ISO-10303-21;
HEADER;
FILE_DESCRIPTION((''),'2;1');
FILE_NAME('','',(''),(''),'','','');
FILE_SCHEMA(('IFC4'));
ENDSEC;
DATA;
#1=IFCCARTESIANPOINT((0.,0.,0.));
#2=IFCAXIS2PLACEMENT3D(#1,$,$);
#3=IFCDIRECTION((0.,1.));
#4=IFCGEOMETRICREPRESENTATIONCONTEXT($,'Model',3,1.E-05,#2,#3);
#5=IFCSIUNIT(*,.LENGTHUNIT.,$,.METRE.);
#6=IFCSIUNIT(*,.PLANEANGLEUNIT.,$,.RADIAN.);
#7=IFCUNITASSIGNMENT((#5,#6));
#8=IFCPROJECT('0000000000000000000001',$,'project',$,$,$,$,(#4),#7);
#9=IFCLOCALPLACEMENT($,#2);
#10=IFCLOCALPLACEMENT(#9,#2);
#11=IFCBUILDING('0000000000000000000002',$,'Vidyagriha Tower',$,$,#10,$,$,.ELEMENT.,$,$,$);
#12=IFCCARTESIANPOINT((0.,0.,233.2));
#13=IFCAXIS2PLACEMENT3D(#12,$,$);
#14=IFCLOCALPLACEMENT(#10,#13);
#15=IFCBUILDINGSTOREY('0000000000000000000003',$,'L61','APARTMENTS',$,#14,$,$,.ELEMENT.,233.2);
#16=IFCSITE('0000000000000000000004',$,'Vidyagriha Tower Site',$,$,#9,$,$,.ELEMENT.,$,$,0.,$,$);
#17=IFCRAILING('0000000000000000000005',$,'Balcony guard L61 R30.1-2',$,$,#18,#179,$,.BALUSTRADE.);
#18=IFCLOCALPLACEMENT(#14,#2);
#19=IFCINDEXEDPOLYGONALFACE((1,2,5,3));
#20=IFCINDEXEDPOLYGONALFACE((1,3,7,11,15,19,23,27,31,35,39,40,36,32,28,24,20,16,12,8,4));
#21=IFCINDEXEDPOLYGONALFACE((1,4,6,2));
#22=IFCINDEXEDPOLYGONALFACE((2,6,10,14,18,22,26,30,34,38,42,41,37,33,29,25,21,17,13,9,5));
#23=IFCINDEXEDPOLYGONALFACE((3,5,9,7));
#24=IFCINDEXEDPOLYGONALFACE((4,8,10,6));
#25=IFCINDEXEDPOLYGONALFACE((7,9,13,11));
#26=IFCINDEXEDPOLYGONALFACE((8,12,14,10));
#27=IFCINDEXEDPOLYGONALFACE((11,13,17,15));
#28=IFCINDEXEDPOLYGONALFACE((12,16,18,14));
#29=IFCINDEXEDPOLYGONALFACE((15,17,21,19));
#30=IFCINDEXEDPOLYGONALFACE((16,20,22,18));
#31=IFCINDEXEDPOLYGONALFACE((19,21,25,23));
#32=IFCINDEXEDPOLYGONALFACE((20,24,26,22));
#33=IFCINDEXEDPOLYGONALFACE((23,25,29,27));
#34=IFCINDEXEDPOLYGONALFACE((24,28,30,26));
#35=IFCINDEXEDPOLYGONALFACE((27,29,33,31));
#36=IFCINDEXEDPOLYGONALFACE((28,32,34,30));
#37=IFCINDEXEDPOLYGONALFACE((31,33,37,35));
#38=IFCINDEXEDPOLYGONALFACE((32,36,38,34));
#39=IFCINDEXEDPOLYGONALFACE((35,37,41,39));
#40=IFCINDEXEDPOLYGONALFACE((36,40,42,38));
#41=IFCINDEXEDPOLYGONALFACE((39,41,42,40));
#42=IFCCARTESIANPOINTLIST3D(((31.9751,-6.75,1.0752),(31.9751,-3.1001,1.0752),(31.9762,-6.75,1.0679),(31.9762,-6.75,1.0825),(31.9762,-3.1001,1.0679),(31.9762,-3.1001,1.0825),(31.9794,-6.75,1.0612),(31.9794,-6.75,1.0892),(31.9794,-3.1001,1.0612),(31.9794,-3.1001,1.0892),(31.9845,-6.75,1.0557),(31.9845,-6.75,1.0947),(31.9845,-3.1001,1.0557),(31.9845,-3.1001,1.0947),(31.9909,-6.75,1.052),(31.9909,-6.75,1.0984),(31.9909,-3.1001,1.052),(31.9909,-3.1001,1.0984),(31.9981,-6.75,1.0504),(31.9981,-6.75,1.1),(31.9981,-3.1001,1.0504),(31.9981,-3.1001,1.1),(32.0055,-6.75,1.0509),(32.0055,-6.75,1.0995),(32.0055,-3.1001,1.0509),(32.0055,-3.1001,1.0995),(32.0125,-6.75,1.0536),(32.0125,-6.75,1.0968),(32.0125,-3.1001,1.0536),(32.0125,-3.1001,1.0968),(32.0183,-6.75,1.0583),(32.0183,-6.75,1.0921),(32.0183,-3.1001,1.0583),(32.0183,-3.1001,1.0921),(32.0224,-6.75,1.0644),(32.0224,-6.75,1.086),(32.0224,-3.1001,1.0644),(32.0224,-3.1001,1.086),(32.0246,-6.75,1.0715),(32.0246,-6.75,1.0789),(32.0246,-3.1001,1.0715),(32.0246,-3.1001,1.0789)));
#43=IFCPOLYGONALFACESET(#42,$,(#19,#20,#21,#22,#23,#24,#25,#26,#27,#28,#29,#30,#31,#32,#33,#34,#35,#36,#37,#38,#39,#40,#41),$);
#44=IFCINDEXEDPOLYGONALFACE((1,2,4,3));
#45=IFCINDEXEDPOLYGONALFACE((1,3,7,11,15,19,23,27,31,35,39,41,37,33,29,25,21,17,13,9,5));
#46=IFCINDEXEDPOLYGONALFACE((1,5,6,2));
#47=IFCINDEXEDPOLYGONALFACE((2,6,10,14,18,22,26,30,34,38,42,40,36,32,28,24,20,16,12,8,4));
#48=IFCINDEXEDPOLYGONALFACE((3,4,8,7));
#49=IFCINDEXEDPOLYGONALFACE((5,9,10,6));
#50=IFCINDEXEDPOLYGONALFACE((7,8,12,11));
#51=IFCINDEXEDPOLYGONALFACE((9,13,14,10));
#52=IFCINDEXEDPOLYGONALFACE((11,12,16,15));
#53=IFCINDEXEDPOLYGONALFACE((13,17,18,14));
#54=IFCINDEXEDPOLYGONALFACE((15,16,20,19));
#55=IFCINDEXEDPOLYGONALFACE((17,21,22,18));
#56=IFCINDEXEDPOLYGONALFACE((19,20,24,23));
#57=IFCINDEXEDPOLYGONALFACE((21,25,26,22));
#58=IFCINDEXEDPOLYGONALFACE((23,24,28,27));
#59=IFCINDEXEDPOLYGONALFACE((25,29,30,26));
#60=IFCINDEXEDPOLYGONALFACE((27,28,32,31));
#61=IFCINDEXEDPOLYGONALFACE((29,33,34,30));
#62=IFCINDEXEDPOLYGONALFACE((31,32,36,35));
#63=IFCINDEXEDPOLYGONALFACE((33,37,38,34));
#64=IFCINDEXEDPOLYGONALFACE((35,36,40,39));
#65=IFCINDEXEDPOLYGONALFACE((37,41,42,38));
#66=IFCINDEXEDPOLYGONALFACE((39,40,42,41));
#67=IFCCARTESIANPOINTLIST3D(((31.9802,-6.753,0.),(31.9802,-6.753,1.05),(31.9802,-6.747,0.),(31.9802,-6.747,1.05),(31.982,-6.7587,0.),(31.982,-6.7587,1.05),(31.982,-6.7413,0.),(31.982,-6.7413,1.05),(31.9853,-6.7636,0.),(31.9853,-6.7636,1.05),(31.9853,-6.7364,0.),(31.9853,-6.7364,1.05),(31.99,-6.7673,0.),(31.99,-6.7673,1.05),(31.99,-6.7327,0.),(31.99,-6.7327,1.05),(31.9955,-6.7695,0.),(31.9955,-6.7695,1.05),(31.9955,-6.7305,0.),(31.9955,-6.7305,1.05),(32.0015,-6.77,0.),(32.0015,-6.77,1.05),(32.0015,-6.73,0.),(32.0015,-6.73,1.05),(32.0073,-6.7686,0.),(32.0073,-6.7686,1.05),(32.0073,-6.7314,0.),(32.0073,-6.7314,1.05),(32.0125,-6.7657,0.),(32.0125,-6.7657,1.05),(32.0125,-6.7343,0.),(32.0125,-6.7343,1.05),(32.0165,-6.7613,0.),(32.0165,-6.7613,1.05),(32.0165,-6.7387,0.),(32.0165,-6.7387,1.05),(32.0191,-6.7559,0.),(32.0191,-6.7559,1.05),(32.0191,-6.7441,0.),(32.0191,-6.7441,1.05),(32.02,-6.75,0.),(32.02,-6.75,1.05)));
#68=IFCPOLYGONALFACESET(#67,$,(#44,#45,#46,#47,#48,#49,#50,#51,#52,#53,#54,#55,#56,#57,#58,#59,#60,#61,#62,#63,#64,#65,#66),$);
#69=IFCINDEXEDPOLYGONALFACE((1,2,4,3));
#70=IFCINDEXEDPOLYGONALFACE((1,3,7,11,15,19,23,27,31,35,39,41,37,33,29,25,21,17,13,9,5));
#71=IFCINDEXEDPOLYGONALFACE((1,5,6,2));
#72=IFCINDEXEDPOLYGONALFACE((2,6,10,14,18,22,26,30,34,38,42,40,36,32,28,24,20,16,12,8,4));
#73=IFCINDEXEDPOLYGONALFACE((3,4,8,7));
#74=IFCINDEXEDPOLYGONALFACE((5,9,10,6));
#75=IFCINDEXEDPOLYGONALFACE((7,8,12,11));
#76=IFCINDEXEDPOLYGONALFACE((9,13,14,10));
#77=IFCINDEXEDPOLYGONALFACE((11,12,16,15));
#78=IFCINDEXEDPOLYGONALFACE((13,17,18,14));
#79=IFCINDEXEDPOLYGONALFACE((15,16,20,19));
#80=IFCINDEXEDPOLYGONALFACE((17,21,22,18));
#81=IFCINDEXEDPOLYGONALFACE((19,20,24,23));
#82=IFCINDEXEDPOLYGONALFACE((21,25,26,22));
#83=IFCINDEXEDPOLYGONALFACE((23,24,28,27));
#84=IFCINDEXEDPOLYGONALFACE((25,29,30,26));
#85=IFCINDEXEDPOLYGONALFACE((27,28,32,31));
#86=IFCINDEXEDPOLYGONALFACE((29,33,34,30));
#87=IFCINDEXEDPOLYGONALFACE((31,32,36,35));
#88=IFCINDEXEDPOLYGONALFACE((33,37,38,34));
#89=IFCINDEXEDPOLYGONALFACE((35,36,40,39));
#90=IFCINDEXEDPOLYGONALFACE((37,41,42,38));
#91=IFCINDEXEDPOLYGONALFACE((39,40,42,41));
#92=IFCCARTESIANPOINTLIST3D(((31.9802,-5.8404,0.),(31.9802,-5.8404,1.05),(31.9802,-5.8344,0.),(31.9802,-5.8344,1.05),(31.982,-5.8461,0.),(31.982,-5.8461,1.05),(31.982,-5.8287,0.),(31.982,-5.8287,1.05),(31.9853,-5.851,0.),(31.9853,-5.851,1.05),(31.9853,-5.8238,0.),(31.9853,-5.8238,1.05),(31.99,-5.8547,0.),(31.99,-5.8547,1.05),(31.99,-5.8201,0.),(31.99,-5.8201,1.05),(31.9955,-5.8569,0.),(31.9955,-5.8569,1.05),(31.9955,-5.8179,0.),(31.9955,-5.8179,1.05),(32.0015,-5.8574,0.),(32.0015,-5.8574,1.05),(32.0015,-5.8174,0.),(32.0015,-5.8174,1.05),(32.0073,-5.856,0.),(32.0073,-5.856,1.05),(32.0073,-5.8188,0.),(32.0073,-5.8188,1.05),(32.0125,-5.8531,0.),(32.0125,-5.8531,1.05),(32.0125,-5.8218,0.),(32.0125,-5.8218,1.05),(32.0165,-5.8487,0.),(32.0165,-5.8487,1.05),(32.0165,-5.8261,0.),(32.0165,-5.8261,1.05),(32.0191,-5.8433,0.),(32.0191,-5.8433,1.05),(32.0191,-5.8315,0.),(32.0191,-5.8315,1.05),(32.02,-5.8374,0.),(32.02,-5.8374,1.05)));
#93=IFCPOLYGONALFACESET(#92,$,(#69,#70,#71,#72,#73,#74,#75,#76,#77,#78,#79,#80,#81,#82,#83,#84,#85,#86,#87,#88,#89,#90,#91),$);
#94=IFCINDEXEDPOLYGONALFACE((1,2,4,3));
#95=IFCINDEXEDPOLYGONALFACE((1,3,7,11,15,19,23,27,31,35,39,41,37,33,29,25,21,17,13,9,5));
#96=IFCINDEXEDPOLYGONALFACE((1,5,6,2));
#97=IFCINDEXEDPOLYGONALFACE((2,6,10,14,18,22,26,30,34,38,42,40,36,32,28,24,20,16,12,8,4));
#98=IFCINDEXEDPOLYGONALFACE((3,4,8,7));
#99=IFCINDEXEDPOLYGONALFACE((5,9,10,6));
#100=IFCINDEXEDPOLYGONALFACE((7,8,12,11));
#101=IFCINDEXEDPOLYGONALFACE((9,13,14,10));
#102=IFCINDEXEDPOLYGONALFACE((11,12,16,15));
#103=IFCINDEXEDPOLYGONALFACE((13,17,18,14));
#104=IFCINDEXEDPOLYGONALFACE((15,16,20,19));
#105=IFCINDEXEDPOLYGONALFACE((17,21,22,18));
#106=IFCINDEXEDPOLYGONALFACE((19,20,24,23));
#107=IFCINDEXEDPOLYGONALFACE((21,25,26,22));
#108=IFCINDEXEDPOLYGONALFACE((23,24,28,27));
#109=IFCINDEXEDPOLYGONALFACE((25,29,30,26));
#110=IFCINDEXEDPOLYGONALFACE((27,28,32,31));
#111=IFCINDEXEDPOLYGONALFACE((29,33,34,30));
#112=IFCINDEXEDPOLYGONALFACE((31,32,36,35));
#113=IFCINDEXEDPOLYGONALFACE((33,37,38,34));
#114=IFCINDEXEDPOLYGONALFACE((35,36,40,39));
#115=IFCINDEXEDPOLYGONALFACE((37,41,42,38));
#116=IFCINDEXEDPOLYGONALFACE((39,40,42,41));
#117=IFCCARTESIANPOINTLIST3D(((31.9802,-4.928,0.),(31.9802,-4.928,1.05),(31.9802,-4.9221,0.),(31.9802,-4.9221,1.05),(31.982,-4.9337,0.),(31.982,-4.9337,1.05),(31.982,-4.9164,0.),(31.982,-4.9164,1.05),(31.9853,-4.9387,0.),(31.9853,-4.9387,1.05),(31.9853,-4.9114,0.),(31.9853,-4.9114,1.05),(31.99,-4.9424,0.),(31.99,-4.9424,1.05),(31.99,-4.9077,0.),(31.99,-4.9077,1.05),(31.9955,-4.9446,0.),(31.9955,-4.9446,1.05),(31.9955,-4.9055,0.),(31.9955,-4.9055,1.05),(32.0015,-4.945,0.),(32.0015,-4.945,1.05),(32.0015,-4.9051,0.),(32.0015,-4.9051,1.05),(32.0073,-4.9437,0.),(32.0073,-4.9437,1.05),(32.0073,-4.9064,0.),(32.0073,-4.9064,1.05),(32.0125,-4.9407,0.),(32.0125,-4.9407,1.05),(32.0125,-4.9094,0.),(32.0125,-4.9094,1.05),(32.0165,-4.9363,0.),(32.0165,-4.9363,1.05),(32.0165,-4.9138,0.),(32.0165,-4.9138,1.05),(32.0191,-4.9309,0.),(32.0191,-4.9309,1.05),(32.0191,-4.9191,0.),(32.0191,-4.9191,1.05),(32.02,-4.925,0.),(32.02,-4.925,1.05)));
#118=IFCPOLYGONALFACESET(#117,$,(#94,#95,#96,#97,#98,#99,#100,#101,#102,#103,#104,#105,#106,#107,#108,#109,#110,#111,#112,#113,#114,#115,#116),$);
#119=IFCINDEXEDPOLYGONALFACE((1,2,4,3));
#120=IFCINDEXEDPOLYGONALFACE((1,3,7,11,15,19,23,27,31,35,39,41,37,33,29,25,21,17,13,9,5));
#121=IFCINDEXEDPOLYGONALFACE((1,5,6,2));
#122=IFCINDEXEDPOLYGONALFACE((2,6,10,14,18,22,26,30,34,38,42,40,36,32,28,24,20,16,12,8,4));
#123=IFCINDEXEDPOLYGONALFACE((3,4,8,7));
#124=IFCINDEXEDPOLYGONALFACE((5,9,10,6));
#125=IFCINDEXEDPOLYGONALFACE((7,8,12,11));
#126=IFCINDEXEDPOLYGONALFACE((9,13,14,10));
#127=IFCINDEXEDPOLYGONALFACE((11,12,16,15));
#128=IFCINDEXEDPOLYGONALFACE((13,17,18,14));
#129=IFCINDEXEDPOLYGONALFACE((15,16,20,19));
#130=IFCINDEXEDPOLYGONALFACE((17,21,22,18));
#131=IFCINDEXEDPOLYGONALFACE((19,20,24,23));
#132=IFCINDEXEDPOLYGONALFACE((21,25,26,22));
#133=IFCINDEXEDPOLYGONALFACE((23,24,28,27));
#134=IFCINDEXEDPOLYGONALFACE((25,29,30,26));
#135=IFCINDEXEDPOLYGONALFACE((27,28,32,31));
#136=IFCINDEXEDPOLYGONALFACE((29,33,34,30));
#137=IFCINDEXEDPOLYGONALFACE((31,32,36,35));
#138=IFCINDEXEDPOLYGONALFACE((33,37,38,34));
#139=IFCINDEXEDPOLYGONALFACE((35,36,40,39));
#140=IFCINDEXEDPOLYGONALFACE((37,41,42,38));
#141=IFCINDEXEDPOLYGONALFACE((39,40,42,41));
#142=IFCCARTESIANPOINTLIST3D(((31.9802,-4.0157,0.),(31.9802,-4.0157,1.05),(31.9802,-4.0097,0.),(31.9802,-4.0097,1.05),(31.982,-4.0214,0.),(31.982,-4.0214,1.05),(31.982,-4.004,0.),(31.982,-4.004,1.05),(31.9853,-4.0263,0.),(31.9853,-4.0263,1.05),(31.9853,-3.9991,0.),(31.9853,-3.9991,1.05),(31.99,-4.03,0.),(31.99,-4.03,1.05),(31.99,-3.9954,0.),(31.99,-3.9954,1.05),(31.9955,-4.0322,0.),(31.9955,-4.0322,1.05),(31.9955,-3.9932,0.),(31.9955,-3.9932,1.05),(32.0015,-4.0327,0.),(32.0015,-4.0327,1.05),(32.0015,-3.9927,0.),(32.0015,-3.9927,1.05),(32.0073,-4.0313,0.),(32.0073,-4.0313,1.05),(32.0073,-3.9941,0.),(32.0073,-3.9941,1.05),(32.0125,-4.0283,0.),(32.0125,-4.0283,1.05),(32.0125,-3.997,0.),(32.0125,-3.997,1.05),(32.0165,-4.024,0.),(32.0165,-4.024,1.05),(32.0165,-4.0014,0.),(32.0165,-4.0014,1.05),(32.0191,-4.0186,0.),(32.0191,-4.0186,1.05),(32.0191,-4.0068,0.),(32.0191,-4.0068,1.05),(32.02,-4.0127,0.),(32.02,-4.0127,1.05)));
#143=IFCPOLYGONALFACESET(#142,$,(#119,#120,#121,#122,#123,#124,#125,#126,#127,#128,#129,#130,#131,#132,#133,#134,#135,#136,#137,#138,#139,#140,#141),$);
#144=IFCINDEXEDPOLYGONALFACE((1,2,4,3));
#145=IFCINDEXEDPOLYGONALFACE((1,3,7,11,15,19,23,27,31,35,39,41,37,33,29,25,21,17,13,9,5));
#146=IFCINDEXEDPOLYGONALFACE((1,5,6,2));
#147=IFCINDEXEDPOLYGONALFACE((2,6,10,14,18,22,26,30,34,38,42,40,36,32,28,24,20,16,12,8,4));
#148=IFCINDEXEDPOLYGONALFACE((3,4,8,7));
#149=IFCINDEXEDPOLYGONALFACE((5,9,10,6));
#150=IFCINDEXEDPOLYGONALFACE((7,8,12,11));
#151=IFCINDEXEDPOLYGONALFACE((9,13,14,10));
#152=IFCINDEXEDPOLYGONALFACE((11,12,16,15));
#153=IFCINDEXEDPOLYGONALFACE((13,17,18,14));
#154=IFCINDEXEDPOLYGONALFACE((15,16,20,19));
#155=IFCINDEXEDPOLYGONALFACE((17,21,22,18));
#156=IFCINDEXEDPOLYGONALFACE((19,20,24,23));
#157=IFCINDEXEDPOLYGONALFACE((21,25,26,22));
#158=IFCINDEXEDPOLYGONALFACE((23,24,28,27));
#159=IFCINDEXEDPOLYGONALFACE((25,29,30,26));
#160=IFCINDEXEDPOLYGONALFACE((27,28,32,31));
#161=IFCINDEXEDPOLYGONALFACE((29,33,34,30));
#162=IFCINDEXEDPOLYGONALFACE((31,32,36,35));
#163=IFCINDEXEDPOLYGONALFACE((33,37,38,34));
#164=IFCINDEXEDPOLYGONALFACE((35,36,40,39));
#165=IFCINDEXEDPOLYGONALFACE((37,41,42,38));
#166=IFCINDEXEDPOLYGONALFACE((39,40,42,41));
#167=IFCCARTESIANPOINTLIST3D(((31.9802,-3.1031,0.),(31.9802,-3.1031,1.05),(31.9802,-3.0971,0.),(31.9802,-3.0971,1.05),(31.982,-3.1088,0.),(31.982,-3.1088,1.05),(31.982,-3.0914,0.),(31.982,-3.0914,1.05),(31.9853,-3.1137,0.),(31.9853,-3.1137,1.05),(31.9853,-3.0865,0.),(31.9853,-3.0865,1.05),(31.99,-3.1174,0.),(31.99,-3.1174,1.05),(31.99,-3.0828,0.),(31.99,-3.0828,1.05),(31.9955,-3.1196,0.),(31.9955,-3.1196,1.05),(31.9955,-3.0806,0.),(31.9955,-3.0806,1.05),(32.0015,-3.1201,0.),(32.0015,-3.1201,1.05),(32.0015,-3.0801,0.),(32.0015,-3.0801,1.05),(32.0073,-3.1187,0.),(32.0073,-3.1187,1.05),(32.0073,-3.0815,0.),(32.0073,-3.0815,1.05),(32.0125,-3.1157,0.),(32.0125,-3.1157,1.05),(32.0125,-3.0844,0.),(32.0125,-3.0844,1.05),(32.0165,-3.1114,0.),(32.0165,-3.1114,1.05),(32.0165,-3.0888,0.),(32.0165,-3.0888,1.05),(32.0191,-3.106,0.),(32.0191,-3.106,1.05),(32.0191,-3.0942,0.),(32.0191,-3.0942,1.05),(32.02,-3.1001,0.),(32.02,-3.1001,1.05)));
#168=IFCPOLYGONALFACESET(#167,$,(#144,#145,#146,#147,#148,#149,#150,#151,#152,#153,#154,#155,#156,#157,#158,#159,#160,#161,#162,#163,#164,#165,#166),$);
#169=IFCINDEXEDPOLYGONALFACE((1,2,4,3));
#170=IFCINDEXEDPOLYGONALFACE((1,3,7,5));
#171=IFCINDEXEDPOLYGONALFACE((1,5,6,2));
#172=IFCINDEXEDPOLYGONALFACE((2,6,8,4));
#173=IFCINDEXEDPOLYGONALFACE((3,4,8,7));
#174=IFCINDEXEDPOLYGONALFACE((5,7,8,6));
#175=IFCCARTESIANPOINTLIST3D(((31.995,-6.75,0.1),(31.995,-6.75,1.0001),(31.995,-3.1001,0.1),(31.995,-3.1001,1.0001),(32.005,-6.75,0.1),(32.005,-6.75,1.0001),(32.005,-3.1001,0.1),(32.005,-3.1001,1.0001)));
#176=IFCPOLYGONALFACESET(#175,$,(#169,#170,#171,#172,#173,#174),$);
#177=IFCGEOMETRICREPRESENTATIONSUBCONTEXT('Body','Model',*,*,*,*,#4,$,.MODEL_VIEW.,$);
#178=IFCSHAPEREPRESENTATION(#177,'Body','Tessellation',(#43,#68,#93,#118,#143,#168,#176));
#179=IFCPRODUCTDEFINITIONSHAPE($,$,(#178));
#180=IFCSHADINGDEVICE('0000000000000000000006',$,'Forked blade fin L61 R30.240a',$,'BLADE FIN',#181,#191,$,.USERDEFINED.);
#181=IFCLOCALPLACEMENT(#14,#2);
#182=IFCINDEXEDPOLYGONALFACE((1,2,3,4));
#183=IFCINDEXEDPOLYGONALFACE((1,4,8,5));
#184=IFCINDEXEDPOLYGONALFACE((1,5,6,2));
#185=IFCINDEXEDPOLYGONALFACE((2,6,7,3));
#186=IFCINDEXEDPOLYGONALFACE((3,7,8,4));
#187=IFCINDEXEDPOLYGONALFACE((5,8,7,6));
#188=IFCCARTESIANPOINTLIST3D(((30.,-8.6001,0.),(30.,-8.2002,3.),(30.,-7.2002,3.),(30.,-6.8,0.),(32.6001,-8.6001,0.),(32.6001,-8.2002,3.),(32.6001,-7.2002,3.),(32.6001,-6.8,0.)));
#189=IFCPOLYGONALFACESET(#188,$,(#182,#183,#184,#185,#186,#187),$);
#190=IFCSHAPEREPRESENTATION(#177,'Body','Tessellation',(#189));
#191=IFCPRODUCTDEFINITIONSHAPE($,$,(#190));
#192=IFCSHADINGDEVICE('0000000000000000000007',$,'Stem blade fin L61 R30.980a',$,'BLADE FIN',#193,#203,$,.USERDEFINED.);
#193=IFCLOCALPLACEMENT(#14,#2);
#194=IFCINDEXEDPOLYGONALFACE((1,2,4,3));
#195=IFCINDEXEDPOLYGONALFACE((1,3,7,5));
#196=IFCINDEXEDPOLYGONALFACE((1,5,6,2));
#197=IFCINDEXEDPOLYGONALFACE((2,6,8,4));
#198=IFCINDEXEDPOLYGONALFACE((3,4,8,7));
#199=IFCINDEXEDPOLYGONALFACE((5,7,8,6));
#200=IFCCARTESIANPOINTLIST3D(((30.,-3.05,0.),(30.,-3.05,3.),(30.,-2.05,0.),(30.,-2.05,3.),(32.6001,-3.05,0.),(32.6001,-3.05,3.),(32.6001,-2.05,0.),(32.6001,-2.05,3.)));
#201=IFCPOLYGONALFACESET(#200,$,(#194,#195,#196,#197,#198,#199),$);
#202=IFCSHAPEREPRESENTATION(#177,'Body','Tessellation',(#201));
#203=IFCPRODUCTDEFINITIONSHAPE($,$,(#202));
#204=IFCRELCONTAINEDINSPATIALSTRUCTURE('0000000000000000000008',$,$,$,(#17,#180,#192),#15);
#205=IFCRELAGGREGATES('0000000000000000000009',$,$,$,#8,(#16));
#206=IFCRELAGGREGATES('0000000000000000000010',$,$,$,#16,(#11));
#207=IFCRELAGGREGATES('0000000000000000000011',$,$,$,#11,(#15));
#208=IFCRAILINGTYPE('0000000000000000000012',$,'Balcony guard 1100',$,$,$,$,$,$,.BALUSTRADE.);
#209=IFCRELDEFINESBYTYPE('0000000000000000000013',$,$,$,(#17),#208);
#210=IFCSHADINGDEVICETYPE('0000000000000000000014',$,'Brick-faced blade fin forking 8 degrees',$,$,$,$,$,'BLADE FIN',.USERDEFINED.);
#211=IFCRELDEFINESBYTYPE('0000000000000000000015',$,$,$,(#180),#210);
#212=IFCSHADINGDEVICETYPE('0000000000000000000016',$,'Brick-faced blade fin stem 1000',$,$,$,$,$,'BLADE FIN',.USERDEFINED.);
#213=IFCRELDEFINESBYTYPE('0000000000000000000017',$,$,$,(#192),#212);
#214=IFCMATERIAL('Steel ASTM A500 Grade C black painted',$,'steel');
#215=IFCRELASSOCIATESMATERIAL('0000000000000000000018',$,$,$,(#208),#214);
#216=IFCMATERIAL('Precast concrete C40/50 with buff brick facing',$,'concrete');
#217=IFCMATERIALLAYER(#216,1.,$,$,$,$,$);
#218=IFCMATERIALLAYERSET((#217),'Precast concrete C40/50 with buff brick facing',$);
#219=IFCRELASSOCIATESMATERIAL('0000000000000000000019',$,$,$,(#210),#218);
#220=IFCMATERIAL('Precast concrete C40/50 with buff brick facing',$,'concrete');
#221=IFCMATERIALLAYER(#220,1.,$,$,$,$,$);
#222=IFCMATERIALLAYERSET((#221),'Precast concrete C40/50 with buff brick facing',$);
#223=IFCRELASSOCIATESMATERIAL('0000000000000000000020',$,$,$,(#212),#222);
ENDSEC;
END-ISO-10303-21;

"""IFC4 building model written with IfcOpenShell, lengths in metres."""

from ifc_helpers import new_model, si_unit, direction, frame, origin, origin_2d, place, context, subcontext, project, spatial, polyline, rectangle, circle, outline, extrude, material, layer, layer_set, type_object, element, save


model = new_model("IFC4")

# Units and contexts
model_context = context("Model", 3, precision=1e-05, world=origin(), true_north=direction((0.0, 1.0)))
body_context = subcontext(model_context, "Body", "Model", "MODEL_VIEW")
ifc_project = project(units=[si_unit("LENGTHUNIT", "METRE"), si_unit("PLANEANGLEUNIT", "RADIAN")], contexts=[model_context])

# Site, building, storey
site_placement = place(None, origin())
site = spatial("IfcSite", under=ifc_project, at=site_placement, Name="Vidyagriha Tower Site", CompositionType="ELEMENT", RefElevation=0.0)
building_placement = place(site_placement, origin())
building = spatial("IfcBuilding", under=site, at=building_placement, Name="Vidyagriha Tower", CompositionType="ELEMENT")
storey_placement = place(building_placement, frame((0.0, 0.0, 233.2)))
storey = spatial("IfcBuildingStorey", under=building, at=storey_placement, Name="L61", Description="APARTMENTS", CompositionType="ELEMENT", Elevation=233.2)

# Railing
ifc_material_1 = material(Name="Steel ASTM A500 Grade C black painted", Category="steel")
railing_type_1 = type_object("IfcRailingType", Name="Balcony guard 1100", PredefinedType="BALUSTRADE", material=ifc_material_1)
railing_1_placement = place(storey_placement, frame((32.0, -6.75, 0.0)))
element("IfcRailing", 1, at=railing_1_placement, inside=storey, type_object=railing_type_1, Name="Balcony guard L61 R30.1-2", PredefinedType="BALUSTRADE", context=body_context, shape_type="SweptSolid", body=[
    extrude(circle(Radius=0.0249, at=origin_2d()), frame((0.0, 0.0, 1.0752), z_axis=(0.0, 1.0, 0.0), x_axis=(-1.0, 0.0, 0.0)), (0.0, 0.0, 1.0), 3.6499),
    extrude(circle(Radius=0.02, at=origin_2d()), origin(), (0.0, 0.0, 1.0), 1.05),
    extrude(circle(Radius=0.02, at=origin_2d()), frame((0.0, 0.9126, 0.0)), (0.0, 0.0, 1.0), 1.05),
    extrude(circle(Radius=0.02, at=origin_2d()), frame((0.0, 1.825, 0.0)), (0.0, 0.0, 1.0), 1.05),
    extrude(circle(Radius=0.02, at=origin_2d()), frame((0.0, 2.7373, 0.0)), (0.0, 0.0, 1.0), 1.05),
    extrude(circle(Radius=0.02, at=origin_2d()), frame((0.0, 3.6499, 0.0)), (0.0, 0.0, 1.0), 1.05),
    extrude(rectangle(XDim=0.01, YDim=0.9001, at=origin_2d()), frame((0.0, 0.0, 0.55), z_axis=(0.0, 1.0, 0.0), x_axis=(-1.0, 0.0, 0.0)), (0.0, 0.0, 1.0), 3.6499),
])

# Shading devices
ifc_material_2 = material(Name="Precast concrete C40/50 with buff brick facing", Category="concrete")
ifc_layer_1 = layer(ifc_material_2, 1.0)
ifc_layer_set_1 = layer_set([ifc_layer_1], Name="Precast concrete C40/50 with buff brick facing")
shading_device_type_1 = type_object("IfcShadingDeviceType", Name="Brick-faced blade fin forking 8 degrees", ElementType="BLADE FIN", PredefinedType="USERDEFINED", material=ifc_layer_set_1)
shading_device_1_placement = place(storey_placement, frame((31.3, -8.6001, 0.0), z_axis=(0.0, 0.0, 1.0), x_axis=(0.0, 1.0, 0.0)))
element("IfcShadingDevice", 2, at=shading_device_1_placement, inside=storey, type_object=shading_device_type_1, Name="Forked blade fin L61 R30.240a", ObjectType="BLADE FIN", PredefinedType="USERDEFINED", context=body_context, shape_type="SweptSolid", body=[
    extrude(outline(polyline([(0.0, 0.0), (1.8, 0.0), (1.3999, 3.0), (0.3999, 3.0), (0.0, 0.0)])), frame((0.0, 1.3, 0.0), z_axis=(0.0, -1.0, 0.0), x_axis=(1.0, 0.0, 0.0)), (0.0, 0.0, 1.0), 2.6001),
])
ifc_material_3 = material(Name="Precast concrete C40/50 with buff brick facing", Category="concrete")
ifc_layer_2 = layer(ifc_material_3, 1.0)
ifc_layer_set_2 = layer_set([ifc_layer_2], Name="Precast concrete C40/50 with buff brick facing")
shading_device_type_2 = type_object("IfcShadingDeviceType", Name="Brick-faced blade fin stem 1000", ElementType="BLADE FIN", PredefinedType="USERDEFINED", material=ifc_layer_set_2)
shading_device_2_placement = place(storey_placement, frame((31.3, -3.05, 0.0), z_axis=(0.0, 0.0, 1.0), x_axis=(0.0, 1.0, 0.0)))
element("IfcShadingDevice", 3, at=shading_device_2_placement, inside=storey, type_object=shading_device_type_2, Name="Stem blade fin L61 R30.980a", ObjectType="BLADE FIN", PredefinedType="USERDEFINED", context=body_context, shape_type="SweptSolid", body=[
    extrude(outline(polyline([(0.0, 0.0), (1.0, 0.0), (1.0, 3.0), (0.0, 3.0), (0.0, 0.0)])), frame((0.0, 1.3, 0.0), z_axis=(0.0, -1.0, 0.0), x_axis=(1.0, 0.0, 0.0)), (0.0, 0.0, 1.0), 2.6001),
])

save(model, "model.ifc")
